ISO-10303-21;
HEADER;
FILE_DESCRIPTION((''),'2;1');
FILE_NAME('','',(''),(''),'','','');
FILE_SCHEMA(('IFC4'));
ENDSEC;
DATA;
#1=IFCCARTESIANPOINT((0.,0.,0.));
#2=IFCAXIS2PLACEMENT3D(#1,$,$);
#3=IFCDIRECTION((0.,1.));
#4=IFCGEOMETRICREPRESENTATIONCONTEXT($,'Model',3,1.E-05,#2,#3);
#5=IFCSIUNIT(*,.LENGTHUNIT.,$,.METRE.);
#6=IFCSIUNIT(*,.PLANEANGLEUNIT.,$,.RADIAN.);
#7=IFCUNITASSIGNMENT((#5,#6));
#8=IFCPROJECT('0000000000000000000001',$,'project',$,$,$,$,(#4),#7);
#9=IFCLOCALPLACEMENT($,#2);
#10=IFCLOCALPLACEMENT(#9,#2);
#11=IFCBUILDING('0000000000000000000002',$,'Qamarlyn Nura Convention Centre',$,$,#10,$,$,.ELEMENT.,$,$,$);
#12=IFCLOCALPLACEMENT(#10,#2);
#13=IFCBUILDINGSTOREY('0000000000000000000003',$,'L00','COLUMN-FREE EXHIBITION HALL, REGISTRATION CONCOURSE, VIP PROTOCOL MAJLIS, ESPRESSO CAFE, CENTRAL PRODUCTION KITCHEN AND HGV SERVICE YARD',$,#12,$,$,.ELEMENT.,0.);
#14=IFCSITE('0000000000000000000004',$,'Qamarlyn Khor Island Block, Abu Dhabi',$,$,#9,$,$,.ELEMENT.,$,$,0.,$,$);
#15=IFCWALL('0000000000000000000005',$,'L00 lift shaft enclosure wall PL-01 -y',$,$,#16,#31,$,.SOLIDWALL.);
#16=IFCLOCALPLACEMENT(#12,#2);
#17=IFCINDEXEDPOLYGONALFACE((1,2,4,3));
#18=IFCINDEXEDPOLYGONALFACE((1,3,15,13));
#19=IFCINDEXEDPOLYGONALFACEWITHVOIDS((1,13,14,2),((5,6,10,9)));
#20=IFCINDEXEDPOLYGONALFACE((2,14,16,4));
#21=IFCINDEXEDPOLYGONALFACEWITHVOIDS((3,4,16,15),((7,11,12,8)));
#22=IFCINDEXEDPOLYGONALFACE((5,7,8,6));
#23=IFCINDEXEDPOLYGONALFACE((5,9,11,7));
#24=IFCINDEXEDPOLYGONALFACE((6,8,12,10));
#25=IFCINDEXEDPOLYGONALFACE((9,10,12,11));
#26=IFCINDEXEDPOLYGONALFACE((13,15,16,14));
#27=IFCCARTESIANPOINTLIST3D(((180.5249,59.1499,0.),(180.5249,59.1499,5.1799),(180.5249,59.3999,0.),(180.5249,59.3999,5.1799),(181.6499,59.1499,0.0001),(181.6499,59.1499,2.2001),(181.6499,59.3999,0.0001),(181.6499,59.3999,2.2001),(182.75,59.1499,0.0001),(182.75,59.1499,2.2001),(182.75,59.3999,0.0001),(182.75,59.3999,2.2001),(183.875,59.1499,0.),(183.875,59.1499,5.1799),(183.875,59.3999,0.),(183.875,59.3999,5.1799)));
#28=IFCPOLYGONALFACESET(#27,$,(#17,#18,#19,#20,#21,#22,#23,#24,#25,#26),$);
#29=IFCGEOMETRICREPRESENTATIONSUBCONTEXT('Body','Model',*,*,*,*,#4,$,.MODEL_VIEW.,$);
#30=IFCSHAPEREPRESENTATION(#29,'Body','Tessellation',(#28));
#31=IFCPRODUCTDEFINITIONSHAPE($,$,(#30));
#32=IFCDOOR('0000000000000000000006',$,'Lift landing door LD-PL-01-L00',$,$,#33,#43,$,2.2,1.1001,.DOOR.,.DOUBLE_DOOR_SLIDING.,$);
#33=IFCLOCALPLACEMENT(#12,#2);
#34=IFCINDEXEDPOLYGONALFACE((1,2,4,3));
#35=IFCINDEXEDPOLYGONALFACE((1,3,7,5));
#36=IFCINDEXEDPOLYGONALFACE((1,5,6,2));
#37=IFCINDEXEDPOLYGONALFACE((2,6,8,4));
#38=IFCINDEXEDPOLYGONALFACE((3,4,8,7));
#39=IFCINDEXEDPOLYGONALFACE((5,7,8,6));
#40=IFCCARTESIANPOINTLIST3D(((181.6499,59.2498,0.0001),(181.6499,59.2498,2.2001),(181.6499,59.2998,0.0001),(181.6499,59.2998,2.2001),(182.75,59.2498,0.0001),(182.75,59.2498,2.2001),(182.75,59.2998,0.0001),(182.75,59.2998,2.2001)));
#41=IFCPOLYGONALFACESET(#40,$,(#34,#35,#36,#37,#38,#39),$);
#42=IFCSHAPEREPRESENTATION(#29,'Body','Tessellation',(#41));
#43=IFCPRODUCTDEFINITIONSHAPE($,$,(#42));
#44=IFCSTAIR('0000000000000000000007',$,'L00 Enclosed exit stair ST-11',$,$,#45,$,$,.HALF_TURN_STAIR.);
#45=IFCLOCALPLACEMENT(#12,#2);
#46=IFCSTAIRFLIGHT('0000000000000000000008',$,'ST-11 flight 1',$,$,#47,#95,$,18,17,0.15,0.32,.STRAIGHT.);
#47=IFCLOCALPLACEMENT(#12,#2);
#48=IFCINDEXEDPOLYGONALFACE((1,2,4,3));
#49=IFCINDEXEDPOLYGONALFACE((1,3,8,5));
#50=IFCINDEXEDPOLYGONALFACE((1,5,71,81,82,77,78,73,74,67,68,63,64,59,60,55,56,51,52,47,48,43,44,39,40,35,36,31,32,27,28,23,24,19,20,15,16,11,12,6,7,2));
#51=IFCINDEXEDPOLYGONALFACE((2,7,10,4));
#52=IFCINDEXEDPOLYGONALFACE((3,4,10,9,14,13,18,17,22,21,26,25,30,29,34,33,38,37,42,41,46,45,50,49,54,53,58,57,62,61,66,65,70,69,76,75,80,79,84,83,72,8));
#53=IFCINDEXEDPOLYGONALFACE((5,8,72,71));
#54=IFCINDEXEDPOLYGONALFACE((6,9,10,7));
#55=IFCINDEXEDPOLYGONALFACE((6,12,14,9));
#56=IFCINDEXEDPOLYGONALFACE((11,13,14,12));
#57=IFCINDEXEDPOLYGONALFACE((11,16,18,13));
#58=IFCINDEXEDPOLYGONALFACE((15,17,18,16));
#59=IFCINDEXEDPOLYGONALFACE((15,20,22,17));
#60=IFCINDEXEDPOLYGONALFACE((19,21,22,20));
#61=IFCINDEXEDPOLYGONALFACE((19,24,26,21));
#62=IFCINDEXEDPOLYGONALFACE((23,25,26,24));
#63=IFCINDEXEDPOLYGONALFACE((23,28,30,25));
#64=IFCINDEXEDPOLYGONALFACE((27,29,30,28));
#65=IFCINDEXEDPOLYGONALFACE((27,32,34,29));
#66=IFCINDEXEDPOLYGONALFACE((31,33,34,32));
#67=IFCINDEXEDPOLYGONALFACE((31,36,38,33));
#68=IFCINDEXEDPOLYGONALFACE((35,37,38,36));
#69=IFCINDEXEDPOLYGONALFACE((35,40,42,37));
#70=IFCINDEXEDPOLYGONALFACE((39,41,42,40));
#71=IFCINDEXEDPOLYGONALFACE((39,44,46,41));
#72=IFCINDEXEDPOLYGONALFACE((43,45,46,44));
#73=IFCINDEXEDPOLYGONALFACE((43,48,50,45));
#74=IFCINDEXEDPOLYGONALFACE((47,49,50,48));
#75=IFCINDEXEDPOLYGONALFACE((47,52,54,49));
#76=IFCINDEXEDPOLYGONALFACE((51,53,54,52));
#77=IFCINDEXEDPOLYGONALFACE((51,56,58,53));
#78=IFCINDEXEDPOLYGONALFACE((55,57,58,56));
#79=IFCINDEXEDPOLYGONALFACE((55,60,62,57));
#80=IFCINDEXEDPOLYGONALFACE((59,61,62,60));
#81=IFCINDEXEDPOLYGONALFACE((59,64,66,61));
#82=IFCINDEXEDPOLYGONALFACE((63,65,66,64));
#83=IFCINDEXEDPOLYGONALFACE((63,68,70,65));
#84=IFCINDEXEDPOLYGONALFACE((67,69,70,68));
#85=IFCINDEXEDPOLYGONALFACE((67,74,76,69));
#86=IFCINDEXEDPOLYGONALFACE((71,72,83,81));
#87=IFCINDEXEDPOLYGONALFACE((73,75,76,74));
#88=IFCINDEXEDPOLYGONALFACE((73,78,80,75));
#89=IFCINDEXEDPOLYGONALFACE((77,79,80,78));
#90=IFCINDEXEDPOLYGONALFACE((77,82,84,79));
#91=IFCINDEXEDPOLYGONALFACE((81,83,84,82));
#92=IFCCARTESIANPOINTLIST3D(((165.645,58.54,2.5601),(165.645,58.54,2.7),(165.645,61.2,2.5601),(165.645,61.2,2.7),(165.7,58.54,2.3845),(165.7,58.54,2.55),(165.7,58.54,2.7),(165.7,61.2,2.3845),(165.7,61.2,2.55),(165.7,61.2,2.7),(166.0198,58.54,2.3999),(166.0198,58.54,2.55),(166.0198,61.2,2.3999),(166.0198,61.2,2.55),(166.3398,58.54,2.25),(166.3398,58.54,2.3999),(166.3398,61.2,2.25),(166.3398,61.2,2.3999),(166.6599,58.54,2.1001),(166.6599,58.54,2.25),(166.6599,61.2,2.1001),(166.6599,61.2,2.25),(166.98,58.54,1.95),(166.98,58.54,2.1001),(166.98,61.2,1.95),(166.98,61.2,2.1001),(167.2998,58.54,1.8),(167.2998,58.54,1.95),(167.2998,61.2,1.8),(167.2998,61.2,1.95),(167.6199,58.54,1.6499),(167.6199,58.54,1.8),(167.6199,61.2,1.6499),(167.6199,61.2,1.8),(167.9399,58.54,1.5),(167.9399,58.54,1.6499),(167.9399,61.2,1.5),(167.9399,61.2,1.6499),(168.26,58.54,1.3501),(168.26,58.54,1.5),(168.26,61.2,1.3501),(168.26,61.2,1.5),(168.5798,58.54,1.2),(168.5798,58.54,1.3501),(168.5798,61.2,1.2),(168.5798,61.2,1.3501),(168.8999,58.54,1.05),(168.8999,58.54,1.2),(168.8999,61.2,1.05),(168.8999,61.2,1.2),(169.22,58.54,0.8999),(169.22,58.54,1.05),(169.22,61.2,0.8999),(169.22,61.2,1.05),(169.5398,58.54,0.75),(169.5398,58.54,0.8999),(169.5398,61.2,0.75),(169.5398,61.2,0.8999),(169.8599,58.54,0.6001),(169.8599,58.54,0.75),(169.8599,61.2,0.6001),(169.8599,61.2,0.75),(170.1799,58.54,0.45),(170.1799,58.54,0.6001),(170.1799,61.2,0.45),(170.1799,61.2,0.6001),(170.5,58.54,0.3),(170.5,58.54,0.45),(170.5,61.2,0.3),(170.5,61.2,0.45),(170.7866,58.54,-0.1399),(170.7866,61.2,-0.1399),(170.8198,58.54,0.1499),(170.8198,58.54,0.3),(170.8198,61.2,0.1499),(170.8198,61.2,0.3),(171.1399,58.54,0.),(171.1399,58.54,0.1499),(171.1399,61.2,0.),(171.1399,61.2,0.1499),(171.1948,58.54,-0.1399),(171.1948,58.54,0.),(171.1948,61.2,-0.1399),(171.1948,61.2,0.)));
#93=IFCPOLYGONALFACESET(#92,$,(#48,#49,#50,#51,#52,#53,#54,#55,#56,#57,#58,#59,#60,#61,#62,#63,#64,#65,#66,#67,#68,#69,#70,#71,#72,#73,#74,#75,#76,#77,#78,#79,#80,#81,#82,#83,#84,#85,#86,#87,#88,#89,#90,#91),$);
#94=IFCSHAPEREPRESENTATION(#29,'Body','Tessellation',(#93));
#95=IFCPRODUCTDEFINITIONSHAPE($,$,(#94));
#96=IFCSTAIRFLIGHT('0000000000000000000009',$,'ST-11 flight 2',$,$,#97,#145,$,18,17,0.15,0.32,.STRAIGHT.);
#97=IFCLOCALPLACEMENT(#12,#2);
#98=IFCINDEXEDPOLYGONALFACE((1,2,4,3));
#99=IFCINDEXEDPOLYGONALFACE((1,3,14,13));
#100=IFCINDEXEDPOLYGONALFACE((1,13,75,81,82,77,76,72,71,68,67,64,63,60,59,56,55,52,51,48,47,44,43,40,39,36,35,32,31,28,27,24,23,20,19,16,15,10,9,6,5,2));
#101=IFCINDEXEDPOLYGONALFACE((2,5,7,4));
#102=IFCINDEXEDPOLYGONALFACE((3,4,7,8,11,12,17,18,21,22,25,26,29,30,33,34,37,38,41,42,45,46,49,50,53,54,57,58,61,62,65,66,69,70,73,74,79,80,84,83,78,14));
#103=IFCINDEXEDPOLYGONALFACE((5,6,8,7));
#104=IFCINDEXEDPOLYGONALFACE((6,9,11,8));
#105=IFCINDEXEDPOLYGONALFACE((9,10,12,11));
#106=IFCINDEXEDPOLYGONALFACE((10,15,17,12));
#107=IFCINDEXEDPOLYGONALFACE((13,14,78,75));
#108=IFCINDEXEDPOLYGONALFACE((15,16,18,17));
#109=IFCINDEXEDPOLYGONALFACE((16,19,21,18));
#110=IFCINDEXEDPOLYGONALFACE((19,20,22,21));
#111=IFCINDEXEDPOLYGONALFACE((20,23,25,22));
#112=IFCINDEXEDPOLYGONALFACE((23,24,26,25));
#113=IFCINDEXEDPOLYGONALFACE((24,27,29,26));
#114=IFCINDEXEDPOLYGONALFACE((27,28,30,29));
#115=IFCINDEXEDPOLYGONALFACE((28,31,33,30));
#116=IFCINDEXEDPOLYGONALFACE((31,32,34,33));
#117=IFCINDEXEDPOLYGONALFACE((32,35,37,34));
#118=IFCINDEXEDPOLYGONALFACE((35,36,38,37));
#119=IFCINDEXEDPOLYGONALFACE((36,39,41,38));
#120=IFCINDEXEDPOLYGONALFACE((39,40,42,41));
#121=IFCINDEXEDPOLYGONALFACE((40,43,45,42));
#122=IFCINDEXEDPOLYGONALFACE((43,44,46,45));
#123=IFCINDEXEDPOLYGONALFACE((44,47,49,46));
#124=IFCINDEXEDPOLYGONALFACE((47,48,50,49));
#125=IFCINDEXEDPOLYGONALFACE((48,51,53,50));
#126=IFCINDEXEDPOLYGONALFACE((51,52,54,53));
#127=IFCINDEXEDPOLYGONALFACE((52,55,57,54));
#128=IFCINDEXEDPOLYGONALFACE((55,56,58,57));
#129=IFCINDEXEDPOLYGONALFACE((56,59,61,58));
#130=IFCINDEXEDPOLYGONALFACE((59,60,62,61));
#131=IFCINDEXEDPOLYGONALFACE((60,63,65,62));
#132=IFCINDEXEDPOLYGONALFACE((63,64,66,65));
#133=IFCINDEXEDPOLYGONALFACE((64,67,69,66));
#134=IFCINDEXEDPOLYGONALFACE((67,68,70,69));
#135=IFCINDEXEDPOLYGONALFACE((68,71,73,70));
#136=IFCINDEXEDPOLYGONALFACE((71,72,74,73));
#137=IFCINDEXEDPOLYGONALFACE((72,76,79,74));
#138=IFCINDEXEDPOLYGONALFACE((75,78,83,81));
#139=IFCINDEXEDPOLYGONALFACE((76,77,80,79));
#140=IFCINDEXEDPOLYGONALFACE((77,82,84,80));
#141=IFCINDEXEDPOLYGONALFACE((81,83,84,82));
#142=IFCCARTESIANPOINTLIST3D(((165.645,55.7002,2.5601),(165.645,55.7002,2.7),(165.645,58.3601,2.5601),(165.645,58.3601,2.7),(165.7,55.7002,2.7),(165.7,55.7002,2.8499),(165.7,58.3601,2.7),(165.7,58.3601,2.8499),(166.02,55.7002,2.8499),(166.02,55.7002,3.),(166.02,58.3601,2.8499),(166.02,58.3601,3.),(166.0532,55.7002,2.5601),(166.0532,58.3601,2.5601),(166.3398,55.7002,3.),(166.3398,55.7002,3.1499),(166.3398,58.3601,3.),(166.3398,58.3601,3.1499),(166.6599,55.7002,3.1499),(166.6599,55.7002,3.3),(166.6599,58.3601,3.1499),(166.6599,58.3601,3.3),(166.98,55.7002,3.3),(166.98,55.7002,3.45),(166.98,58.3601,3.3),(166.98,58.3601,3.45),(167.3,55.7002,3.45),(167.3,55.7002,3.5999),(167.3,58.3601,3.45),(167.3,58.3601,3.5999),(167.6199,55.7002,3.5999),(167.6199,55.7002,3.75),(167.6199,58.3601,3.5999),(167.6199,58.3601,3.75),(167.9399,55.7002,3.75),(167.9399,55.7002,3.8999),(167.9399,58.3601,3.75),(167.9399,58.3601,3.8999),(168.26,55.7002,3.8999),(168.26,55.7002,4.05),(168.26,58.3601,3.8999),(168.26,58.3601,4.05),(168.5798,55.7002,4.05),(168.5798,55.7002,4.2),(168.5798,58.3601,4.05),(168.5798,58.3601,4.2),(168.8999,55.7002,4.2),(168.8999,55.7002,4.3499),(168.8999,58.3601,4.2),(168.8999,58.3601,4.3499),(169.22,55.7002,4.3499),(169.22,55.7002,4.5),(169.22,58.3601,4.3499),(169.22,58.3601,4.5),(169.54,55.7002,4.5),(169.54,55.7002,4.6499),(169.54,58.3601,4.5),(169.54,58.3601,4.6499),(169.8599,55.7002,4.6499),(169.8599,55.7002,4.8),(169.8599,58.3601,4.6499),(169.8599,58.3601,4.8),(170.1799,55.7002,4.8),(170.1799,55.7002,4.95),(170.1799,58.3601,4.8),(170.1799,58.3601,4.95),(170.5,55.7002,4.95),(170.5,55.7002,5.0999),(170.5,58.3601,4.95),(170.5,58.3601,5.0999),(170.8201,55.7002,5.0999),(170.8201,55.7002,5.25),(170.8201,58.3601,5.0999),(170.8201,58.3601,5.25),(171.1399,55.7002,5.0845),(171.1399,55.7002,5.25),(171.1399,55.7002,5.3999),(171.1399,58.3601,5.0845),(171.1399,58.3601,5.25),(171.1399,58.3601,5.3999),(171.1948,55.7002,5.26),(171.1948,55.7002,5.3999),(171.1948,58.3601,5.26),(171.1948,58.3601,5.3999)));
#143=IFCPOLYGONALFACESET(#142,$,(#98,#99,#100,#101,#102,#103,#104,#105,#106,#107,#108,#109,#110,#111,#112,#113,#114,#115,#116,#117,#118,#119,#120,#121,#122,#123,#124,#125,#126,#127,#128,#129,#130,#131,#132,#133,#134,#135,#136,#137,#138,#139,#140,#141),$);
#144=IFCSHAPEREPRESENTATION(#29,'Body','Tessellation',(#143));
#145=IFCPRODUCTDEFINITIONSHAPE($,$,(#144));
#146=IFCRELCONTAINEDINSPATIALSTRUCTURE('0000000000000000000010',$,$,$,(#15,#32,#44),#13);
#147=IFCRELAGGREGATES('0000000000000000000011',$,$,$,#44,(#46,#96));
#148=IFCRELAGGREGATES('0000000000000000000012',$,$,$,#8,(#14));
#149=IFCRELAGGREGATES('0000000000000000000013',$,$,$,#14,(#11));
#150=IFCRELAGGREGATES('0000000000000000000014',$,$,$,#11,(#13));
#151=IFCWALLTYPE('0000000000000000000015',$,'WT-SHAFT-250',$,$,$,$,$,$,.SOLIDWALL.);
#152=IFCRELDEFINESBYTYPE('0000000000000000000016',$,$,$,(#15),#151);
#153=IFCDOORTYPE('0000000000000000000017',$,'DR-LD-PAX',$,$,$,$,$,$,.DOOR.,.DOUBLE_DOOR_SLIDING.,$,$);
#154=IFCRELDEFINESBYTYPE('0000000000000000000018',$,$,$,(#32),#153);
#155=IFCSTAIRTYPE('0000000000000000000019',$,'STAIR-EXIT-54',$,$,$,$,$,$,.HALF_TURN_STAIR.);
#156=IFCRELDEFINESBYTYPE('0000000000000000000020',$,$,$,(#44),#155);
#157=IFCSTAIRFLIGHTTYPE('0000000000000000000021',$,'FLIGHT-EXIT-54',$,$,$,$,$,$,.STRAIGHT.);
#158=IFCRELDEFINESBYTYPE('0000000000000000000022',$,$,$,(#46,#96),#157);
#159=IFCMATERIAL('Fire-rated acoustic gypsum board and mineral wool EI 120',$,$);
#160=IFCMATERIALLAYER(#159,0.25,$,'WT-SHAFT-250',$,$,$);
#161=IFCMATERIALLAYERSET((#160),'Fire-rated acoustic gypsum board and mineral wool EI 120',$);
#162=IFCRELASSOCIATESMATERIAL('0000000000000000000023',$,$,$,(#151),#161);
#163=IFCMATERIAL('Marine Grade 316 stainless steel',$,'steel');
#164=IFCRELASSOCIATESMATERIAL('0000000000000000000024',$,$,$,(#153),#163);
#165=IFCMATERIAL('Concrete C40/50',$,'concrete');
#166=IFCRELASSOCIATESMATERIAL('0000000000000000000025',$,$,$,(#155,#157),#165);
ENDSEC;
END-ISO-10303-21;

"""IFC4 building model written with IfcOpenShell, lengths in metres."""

from ifc_helpers import new_model, si_unit, direction, frame, frame_2d, origin, place, context, subcontext, project, spatial, polyline, rectangle, outline, extrude, material, layer, layer_set, type_object, element, fill, aggregate, save


model = new_model("IFC4")

# Units and contexts
model_context = context("Model", 3, precision=1e-05, world=origin(), true_north=direction((0.0, 1.0)))
body_context = subcontext(model_context, "Body", "Model", "MODEL_VIEW")
ifc_project = project(units=[si_unit("LENGTHUNIT", "METRE"), si_unit("PLANEANGLEUNIT", "RADIAN")], contexts=[model_context])

# Site, building, storey
site_placement = place(None, origin())
site = spatial("IfcSite", under=ifc_project, at=site_placement, Name="Qamarlyn Khor Island Block, Abu Dhabi", CompositionType="ELEMENT", RefElevation=0.0)
building_placement = place(site_placement, origin())
building = spatial("IfcBuilding", under=site, at=building_placement, Name="Qamarlyn Nura Convention Centre", CompositionType="ELEMENT")
storey_placement = place(building_placement, origin())
storey = spatial("IfcBuildingStorey", under=building, at=storey_placement, Name="L00", Description="COLUMN-FREE EXHIBITION HALL, REGISTRATION CONCOURSE, VIP PROTOCOL MAJLIS, ESPRESSO CAFE, CENTRAL PRODUCTION KITCHEN AND HGV SERVICE YARD", CompositionType="ELEMENT", Elevation=0.0)

# Wall, opening, door
ifc_material_1 = material(Name="Fire-rated acoustic gypsum board and mineral wool EI 120")
ifc_layer_1 = layer(ifc_material_1, 0.25, Name="WT-SHAFT-250")
ifc_layer_set_1 = layer_set([ifc_layer_1], Name="Fire-rated acoustic gypsum board and mineral wool EI 120")
wall_type_1 = type_object("IfcWallType", Name="WT-SHAFT-250", PredefinedType="SOLIDWALL", material=ifc_layer_set_1)
wall_1_placement = place(storey_placement, frame((180.5249, 59.2749, 0.0), z_axis=(0.0, 0.0, 1.0), x_axis=(1.0, 0.0, 0.0)))
wall_1 = element("IfcWall", 1, at=wall_1_placement, inside=storey, type_object=wall_type_1, Name="L00 lift shaft enclosure wall PL-01 -y", PredefinedType="SOLIDWALL", context=body_context, shape_type="SweptSolid", body=[
    extrude(rectangle(XDim=3.3501, YDim=0.25, at=frame_2d((1.675, 0.0))), origin(), (0.0, 0.0, 1.0), 5.1799),
])
opening_1_placement = place(wall_1_placement, frame((1.125, 0.0, 0.0)))
opening_1 = element("IfcOpeningElement", 2, at=opening_1_placement, cuts=wall_1, PredefinedType="OPENING", context=body_context, shape_type="SweptSolid", body=[
    extrude(rectangle(XDim=1.1001, YDim=2.2, at=frame_2d((0.55, 1.1001))), frame((0.0, 0.135, 0.0), z_axis=(0.0, -1.0, 0.0), x_axis=(1.0, 0.0, 0.0)), (0.0, 0.0, 1.0), 0.27),
])
ifc_material_2 = material(Name="Marine Grade 316 stainless steel", Category="steel")
door_type_1 = type_object("IfcDoorType", Name="DR-LD-PAX", OperationType="DOUBLE_DOOR_SLIDING", PredefinedType="DOOR", material=ifc_material_2)
door_1_placement = place(opening_1_placement, origin())
door_1 = element("IfcDoor", 3, at=door_1_placement, inside=storey, type_object=door_type_1, Name="Lift landing door LD-PL-01-L00", OperationType="DOUBLE_DOOR_SLIDING", OverallHeight=2.2, OverallWidth=1.1001, PredefinedType="DOOR", context=body_context, shape_type="SweptSolid", body=[
    extrude(rectangle(XDim=1.1001, YDim=2.2, at=frame_2d((0.55, 1.1001))), frame((0.0, 0.0249, 0.0), z_axis=(0.0, -1.0, 0.0), x_axis=(1.0, 0.0, 0.0)), (0.0, 0.0, 1.0), 0.05),
])
fill(opening_1, door_1)

# Stair, stair flights
ifc_material_3 = material(Name="Concrete C40/50", Category="concrete")
stair_type = type_object("IfcStairType", Name="STAIR-EXIT-54", PredefinedType="HALF_TURN_STAIR", material=ifc_material_3)
stair_1_placement = place(storey_placement, origin())
stair_1 = element("IfcStair", 4, at=stair_1_placement, inside=storey, type_object=stair_type, Name="L00 Enclosed exit stair ST-11", PredefinedType="HALF_TURN_STAIR")
stair_flight_type = type_object("IfcStairFlightType", Name="FLIGHT-EXIT-54", PredefinedType="STRAIGHT", material=ifc_material_3)
stair_flight_1_placement = place(storey_placement, frame((171.1399, 59.8701, 0.0), z_axis=(0.0, 0.0, 1.0), x_axis=(-1.0, 0.0, 0.0)))
stair_flight_1 = element("IfcStairFlight", 5, at=stair_flight_1_placement, type_object=stair_flight_type, Name="ST-11 flight 1", NumberOfRisers=18, NumberOfTreads=17, PredefinedType="STRAIGHT", RiserHeight=0.15, TreadLength=0.32, context=body_context, shape_type="SweptSolid", body=[
    extrude(outline(polyline([(-0.0549, 0.0), (0.0, 0.0), (0.0, 0.1499), (0.3201, 0.1499), (0.3201, 0.3), (0.6399, 0.3), (0.6399, 0.45), (0.96, 0.45), (0.96, 0.6001), (1.28, 0.6001), (1.28, 0.75), (1.6001, 0.75), (1.6001, 0.8999), (1.9199, 0.8999), (1.9199, 1.05), (2.24, 1.05), (2.24, 1.2), (2.5601, 1.2), (2.5601, 1.3501), (2.8799, 1.3501), (2.8799, 1.5), (3.2, 1.5), (3.2, 1.6499), (3.52, 1.6499), (3.52, 1.8), (3.8401, 1.8), (3.8401, 1.95), (4.1599, 1.95), (4.1599, 2.1001), (4.48, 2.1001), (4.48, 2.25), (4.8, 2.25), (4.8, 2.3999), (5.1201, 2.3999), (5.1201, 2.55), (5.4399, 2.55), (5.4399, 2.7), (5.4949, 2.7), (5.4949, 2.5601), (5.4399, 2.3845), (0.3533, -0.1399), (-0.0549, -0.1399), (-0.0549, 0.0)])), frame((0.0, 1.3301, 0.0), z_axis=(0.0, -1.0, 0.0), x_axis=(1.0, 0.0, 0.0)), (0.0, 0.0, 1.0), 2.6599),
])
stair_flight_2_placement = place(storey_placement, frame((165.7, 57.03, 2.7), z_axis=(0.0, 0.0, 1.0), x_axis=(1.0, 0.0, 0.0)))
stair_flight_2 = element("IfcStairFlight", 6, at=stair_flight_2_placement, type_object=stair_flight_type, Name="ST-11 flight 2", NumberOfRisers=18, NumberOfTreads=17, PredefinedType="STRAIGHT", RiserHeight=0.15, TreadLength=0.32, context=body_context, shape_type="SweptSolid", body=[
    extrude(outline(polyline([(-0.0549, 0.0), (0.0, 0.0), (0.0, 0.1499), (0.3201, 0.1499), (0.3201, 0.3), (0.6399, 0.3), (0.6399, 0.45), (0.96, 0.45), (0.96, 0.6001), (1.28, 0.6001), (1.28, 0.75), (1.6001, 0.75), (1.6001, 0.8999), (1.9199, 0.8999), (1.9199, 1.05), (2.24, 1.05), (2.24, 1.2), (2.5601, 1.2), (2.5601, 1.3501), (2.8799, 1.3501), (2.8799, 1.5), (3.2, 1.5), (3.2, 1.6499), (3.52, 1.6499), (3.52, 1.8), (3.8401, 1.8), (3.8401, 1.95), (4.1599, 1.95), (4.1599, 2.1001), (4.48, 2.1001), (4.48, 2.25), (4.8, 2.25), (4.8, 2.3999), (5.1201, 2.3999), (5.1201, 2.55), (5.4399, 2.55), (5.4399, 2.7), (5.4949, 2.7), (5.4949, 2.5601), (5.4399, 2.3845), (0.3533, -0.1399), (-0.0549, -0.1399), (-0.0549, 0.0)])), frame((0.0, 1.3301, 0.0), z_axis=(0.0, -1.0, 0.0), x_axis=(1.0, 0.0, 0.0)), (0.0, 0.0, 1.0), 2.6599),
])
aggregate(stair_1, [stair_flight_1, stair_flight_2])

save(model, "model.ifc")
